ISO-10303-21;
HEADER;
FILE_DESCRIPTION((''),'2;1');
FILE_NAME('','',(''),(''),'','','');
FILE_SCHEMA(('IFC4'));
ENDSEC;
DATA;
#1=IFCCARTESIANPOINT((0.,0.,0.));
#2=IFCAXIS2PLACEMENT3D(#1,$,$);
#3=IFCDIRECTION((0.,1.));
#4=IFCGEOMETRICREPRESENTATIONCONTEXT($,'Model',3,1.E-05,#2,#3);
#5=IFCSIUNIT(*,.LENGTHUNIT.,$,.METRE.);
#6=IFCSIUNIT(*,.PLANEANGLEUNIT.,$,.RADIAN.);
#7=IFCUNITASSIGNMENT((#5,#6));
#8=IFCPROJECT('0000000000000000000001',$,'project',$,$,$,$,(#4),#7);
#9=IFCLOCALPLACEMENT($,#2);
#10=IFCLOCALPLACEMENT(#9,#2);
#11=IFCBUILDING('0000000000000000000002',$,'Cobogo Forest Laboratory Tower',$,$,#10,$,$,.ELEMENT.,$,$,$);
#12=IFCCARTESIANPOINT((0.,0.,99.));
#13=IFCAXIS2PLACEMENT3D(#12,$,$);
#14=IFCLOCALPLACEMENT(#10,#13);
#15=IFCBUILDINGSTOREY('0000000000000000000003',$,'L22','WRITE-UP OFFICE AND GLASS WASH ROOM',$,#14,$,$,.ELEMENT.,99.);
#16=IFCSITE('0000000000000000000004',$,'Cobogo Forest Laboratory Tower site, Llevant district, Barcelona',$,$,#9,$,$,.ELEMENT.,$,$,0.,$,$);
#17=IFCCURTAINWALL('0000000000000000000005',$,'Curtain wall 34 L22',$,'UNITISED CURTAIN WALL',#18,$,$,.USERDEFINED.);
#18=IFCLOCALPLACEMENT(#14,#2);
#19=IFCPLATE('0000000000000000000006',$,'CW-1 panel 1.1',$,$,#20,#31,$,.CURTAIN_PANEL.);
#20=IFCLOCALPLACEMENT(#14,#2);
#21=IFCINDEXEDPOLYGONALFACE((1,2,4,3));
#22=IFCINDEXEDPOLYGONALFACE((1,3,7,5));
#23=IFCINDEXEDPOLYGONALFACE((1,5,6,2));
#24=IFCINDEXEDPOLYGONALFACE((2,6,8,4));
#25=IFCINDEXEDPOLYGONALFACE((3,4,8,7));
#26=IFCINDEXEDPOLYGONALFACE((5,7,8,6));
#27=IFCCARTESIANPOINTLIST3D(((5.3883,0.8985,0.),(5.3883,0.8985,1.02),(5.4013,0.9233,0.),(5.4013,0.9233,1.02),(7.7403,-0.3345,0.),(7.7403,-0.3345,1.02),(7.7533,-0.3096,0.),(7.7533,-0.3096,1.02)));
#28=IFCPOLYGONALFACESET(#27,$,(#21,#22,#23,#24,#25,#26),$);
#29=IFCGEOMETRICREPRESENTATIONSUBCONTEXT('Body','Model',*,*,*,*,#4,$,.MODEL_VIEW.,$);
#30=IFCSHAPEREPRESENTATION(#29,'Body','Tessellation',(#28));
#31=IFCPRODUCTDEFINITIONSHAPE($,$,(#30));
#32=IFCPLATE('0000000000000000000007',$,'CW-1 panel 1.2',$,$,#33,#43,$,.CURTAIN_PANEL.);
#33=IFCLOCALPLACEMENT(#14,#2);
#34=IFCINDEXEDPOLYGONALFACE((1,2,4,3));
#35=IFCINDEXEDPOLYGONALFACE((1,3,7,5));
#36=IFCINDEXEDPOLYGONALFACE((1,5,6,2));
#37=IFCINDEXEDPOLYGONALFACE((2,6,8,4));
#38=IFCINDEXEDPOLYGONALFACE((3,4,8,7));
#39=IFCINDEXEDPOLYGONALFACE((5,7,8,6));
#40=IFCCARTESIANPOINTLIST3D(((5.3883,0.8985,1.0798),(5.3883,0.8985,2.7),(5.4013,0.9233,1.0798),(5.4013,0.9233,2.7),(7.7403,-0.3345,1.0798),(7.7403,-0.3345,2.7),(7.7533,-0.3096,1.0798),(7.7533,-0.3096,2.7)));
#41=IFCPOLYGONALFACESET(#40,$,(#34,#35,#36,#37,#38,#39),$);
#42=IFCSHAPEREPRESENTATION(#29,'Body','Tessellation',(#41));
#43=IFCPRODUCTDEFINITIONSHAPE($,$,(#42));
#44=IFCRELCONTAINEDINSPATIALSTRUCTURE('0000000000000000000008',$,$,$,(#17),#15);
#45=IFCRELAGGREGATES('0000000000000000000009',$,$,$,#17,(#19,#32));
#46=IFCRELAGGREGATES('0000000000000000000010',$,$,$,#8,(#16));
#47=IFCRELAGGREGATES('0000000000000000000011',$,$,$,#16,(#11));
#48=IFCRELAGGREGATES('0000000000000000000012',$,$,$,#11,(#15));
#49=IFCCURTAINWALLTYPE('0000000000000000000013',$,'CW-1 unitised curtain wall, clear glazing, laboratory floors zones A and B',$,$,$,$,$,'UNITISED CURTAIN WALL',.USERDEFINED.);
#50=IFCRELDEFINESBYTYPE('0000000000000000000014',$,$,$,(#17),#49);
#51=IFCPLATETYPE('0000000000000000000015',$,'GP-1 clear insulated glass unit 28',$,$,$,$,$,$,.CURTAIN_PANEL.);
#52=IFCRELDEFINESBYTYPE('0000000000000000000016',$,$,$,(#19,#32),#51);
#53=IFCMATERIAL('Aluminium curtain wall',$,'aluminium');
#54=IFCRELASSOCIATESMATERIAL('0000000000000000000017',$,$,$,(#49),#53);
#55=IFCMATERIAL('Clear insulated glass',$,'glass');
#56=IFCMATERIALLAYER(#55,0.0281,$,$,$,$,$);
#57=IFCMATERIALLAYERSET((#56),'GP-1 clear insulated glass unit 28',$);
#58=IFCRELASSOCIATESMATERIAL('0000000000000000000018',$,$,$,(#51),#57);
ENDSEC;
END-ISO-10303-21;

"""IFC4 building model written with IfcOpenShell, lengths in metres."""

from ifc_helpers import new_model, si_unit, direction, frame, origin, origin_2d, place, context, subcontext, project, spatial, rectangle, extrude, material, layer, layer_set, type_object, element, aggregate, save


model = new_model("IFC4")

# Units and contexts
model_context = context("Model", 3, precision=1e-05, world=origin(), true_north=direction((0.0, 1.0)))
body_context = subcontext(model_context, "Body", "Model", "MODEL_VIEW")
ifc_project = project(units=[si_unit("LENGTHUNIT", "METRE"), si_unit("PLANEANGLEUNIT", "RADIAN")], contexts=[model_context])

# Site, building, storey
site_placement = place(None, origin())
site = spatial("IfcSite", under=ifc_project, at=site_placement, Name="Cobogo Forest Laboratory Tower site, Llevant district, Barcelona", CompositionType="ELEMENT", RefElevation=0.0)
building_placement = place(site_placement, origin())
building = spatial("IfcBuilding", under=site, at=building_placement, Name="Cobogo Forest Laboratory Tower", CompositionType="ELEMENT")
storey_placement = place(building_placement, frame((0.0, 0.0, 99.0)))
storey = spatial("IfcBuildingStorey", under=building, at=storey_placement, Name="L22", Description="WRITE-UP OFFICE AND GLASS WASH ROOM", CompositionType="ELEMENT", Elevation=99.0)

# Shared definitions
ifc_material_1 = material(Name="Aluminium curtain wall", Category="aluminium")
curtain_wall_type = type_object("IfcCurtainWallType", Name="CW-1 unitised curtain wall, clear glazing, laboratory floors zones A and B", ElementType="UNITISED CURTAIN WALL", PredefinedType="USERDEFINED", material=ifc_material_1)

# Curtain wall
curtain_wall_1_placement = place(storey_placement, origin())
curtain_wall_1 = element("IfcCurtainWall", 1, at=curtain_wall_1_placement, inside=storey, type_object=curtain_wall_type, Name="Curtain wall 34 L22", ObjectType="UNITISED CURTAIN WALL", PredefinedType="USERDEFINED")

# Plates
ifc_material_2 = material(Name="Clear insulated glass", Category="glass")
ifc_layer = layer(ifc_material_2, 0.0281)
ifc_layer_set = layer_set([ifc_layer], Name="GP-1 clear insulated glass unit 28")
plate_type = type_object("IfcPlateType", Name="GP-1 clear insulated glass unit 28", PredefinedType="CURTAIN_PANEL", material=ifc_layer_set)
plate_1_placement = place(storey_placement, frame((6.5708, 0.2944, 0.0), z_axis=(0.0, 0.0, 1.0), x_axis=(0.885687, -0.464284, 0.0)))
plate_1 = element("IfcPlate", 2, at=plate_1_placement, type_object=plate_type, Name="CW-1 panel 1.1", PredefinedType="CURTAIN_PANEL", context=body_context, shape_type="SweptSolid", body=[
    extrude(rectangle(XDim=2.6555, YDim=0.0281, at=origin_2d()), origin(), (0.0, 0.0, 1.0), 1.02),
])
plate_2_placement = place(storey_placement, frame((6.5708, 0.2944, 1.0798), z_axis=(0.0, 0.0, 1.0), x_axis=(0.885687, -0.464284, 0.0)))
plate_2 = element("IfcPlate", 3, at=plate_2_placement, type_object=plate_type, Name="CW-1 panel 1.2", PredefinedType="CURTAIN_PANEL", context=body_context, shape_type="SweptSolid", body=[
    extrude(rectangle(XDim=2.6555, YDim=0.0281, at=origin_2d()), origin(), (0.0, 0.0, 1.0), 1.6201),
])
aggregate(curtain_wall_1, [plate_1, plate_2])

save(model, "model.ifc")
